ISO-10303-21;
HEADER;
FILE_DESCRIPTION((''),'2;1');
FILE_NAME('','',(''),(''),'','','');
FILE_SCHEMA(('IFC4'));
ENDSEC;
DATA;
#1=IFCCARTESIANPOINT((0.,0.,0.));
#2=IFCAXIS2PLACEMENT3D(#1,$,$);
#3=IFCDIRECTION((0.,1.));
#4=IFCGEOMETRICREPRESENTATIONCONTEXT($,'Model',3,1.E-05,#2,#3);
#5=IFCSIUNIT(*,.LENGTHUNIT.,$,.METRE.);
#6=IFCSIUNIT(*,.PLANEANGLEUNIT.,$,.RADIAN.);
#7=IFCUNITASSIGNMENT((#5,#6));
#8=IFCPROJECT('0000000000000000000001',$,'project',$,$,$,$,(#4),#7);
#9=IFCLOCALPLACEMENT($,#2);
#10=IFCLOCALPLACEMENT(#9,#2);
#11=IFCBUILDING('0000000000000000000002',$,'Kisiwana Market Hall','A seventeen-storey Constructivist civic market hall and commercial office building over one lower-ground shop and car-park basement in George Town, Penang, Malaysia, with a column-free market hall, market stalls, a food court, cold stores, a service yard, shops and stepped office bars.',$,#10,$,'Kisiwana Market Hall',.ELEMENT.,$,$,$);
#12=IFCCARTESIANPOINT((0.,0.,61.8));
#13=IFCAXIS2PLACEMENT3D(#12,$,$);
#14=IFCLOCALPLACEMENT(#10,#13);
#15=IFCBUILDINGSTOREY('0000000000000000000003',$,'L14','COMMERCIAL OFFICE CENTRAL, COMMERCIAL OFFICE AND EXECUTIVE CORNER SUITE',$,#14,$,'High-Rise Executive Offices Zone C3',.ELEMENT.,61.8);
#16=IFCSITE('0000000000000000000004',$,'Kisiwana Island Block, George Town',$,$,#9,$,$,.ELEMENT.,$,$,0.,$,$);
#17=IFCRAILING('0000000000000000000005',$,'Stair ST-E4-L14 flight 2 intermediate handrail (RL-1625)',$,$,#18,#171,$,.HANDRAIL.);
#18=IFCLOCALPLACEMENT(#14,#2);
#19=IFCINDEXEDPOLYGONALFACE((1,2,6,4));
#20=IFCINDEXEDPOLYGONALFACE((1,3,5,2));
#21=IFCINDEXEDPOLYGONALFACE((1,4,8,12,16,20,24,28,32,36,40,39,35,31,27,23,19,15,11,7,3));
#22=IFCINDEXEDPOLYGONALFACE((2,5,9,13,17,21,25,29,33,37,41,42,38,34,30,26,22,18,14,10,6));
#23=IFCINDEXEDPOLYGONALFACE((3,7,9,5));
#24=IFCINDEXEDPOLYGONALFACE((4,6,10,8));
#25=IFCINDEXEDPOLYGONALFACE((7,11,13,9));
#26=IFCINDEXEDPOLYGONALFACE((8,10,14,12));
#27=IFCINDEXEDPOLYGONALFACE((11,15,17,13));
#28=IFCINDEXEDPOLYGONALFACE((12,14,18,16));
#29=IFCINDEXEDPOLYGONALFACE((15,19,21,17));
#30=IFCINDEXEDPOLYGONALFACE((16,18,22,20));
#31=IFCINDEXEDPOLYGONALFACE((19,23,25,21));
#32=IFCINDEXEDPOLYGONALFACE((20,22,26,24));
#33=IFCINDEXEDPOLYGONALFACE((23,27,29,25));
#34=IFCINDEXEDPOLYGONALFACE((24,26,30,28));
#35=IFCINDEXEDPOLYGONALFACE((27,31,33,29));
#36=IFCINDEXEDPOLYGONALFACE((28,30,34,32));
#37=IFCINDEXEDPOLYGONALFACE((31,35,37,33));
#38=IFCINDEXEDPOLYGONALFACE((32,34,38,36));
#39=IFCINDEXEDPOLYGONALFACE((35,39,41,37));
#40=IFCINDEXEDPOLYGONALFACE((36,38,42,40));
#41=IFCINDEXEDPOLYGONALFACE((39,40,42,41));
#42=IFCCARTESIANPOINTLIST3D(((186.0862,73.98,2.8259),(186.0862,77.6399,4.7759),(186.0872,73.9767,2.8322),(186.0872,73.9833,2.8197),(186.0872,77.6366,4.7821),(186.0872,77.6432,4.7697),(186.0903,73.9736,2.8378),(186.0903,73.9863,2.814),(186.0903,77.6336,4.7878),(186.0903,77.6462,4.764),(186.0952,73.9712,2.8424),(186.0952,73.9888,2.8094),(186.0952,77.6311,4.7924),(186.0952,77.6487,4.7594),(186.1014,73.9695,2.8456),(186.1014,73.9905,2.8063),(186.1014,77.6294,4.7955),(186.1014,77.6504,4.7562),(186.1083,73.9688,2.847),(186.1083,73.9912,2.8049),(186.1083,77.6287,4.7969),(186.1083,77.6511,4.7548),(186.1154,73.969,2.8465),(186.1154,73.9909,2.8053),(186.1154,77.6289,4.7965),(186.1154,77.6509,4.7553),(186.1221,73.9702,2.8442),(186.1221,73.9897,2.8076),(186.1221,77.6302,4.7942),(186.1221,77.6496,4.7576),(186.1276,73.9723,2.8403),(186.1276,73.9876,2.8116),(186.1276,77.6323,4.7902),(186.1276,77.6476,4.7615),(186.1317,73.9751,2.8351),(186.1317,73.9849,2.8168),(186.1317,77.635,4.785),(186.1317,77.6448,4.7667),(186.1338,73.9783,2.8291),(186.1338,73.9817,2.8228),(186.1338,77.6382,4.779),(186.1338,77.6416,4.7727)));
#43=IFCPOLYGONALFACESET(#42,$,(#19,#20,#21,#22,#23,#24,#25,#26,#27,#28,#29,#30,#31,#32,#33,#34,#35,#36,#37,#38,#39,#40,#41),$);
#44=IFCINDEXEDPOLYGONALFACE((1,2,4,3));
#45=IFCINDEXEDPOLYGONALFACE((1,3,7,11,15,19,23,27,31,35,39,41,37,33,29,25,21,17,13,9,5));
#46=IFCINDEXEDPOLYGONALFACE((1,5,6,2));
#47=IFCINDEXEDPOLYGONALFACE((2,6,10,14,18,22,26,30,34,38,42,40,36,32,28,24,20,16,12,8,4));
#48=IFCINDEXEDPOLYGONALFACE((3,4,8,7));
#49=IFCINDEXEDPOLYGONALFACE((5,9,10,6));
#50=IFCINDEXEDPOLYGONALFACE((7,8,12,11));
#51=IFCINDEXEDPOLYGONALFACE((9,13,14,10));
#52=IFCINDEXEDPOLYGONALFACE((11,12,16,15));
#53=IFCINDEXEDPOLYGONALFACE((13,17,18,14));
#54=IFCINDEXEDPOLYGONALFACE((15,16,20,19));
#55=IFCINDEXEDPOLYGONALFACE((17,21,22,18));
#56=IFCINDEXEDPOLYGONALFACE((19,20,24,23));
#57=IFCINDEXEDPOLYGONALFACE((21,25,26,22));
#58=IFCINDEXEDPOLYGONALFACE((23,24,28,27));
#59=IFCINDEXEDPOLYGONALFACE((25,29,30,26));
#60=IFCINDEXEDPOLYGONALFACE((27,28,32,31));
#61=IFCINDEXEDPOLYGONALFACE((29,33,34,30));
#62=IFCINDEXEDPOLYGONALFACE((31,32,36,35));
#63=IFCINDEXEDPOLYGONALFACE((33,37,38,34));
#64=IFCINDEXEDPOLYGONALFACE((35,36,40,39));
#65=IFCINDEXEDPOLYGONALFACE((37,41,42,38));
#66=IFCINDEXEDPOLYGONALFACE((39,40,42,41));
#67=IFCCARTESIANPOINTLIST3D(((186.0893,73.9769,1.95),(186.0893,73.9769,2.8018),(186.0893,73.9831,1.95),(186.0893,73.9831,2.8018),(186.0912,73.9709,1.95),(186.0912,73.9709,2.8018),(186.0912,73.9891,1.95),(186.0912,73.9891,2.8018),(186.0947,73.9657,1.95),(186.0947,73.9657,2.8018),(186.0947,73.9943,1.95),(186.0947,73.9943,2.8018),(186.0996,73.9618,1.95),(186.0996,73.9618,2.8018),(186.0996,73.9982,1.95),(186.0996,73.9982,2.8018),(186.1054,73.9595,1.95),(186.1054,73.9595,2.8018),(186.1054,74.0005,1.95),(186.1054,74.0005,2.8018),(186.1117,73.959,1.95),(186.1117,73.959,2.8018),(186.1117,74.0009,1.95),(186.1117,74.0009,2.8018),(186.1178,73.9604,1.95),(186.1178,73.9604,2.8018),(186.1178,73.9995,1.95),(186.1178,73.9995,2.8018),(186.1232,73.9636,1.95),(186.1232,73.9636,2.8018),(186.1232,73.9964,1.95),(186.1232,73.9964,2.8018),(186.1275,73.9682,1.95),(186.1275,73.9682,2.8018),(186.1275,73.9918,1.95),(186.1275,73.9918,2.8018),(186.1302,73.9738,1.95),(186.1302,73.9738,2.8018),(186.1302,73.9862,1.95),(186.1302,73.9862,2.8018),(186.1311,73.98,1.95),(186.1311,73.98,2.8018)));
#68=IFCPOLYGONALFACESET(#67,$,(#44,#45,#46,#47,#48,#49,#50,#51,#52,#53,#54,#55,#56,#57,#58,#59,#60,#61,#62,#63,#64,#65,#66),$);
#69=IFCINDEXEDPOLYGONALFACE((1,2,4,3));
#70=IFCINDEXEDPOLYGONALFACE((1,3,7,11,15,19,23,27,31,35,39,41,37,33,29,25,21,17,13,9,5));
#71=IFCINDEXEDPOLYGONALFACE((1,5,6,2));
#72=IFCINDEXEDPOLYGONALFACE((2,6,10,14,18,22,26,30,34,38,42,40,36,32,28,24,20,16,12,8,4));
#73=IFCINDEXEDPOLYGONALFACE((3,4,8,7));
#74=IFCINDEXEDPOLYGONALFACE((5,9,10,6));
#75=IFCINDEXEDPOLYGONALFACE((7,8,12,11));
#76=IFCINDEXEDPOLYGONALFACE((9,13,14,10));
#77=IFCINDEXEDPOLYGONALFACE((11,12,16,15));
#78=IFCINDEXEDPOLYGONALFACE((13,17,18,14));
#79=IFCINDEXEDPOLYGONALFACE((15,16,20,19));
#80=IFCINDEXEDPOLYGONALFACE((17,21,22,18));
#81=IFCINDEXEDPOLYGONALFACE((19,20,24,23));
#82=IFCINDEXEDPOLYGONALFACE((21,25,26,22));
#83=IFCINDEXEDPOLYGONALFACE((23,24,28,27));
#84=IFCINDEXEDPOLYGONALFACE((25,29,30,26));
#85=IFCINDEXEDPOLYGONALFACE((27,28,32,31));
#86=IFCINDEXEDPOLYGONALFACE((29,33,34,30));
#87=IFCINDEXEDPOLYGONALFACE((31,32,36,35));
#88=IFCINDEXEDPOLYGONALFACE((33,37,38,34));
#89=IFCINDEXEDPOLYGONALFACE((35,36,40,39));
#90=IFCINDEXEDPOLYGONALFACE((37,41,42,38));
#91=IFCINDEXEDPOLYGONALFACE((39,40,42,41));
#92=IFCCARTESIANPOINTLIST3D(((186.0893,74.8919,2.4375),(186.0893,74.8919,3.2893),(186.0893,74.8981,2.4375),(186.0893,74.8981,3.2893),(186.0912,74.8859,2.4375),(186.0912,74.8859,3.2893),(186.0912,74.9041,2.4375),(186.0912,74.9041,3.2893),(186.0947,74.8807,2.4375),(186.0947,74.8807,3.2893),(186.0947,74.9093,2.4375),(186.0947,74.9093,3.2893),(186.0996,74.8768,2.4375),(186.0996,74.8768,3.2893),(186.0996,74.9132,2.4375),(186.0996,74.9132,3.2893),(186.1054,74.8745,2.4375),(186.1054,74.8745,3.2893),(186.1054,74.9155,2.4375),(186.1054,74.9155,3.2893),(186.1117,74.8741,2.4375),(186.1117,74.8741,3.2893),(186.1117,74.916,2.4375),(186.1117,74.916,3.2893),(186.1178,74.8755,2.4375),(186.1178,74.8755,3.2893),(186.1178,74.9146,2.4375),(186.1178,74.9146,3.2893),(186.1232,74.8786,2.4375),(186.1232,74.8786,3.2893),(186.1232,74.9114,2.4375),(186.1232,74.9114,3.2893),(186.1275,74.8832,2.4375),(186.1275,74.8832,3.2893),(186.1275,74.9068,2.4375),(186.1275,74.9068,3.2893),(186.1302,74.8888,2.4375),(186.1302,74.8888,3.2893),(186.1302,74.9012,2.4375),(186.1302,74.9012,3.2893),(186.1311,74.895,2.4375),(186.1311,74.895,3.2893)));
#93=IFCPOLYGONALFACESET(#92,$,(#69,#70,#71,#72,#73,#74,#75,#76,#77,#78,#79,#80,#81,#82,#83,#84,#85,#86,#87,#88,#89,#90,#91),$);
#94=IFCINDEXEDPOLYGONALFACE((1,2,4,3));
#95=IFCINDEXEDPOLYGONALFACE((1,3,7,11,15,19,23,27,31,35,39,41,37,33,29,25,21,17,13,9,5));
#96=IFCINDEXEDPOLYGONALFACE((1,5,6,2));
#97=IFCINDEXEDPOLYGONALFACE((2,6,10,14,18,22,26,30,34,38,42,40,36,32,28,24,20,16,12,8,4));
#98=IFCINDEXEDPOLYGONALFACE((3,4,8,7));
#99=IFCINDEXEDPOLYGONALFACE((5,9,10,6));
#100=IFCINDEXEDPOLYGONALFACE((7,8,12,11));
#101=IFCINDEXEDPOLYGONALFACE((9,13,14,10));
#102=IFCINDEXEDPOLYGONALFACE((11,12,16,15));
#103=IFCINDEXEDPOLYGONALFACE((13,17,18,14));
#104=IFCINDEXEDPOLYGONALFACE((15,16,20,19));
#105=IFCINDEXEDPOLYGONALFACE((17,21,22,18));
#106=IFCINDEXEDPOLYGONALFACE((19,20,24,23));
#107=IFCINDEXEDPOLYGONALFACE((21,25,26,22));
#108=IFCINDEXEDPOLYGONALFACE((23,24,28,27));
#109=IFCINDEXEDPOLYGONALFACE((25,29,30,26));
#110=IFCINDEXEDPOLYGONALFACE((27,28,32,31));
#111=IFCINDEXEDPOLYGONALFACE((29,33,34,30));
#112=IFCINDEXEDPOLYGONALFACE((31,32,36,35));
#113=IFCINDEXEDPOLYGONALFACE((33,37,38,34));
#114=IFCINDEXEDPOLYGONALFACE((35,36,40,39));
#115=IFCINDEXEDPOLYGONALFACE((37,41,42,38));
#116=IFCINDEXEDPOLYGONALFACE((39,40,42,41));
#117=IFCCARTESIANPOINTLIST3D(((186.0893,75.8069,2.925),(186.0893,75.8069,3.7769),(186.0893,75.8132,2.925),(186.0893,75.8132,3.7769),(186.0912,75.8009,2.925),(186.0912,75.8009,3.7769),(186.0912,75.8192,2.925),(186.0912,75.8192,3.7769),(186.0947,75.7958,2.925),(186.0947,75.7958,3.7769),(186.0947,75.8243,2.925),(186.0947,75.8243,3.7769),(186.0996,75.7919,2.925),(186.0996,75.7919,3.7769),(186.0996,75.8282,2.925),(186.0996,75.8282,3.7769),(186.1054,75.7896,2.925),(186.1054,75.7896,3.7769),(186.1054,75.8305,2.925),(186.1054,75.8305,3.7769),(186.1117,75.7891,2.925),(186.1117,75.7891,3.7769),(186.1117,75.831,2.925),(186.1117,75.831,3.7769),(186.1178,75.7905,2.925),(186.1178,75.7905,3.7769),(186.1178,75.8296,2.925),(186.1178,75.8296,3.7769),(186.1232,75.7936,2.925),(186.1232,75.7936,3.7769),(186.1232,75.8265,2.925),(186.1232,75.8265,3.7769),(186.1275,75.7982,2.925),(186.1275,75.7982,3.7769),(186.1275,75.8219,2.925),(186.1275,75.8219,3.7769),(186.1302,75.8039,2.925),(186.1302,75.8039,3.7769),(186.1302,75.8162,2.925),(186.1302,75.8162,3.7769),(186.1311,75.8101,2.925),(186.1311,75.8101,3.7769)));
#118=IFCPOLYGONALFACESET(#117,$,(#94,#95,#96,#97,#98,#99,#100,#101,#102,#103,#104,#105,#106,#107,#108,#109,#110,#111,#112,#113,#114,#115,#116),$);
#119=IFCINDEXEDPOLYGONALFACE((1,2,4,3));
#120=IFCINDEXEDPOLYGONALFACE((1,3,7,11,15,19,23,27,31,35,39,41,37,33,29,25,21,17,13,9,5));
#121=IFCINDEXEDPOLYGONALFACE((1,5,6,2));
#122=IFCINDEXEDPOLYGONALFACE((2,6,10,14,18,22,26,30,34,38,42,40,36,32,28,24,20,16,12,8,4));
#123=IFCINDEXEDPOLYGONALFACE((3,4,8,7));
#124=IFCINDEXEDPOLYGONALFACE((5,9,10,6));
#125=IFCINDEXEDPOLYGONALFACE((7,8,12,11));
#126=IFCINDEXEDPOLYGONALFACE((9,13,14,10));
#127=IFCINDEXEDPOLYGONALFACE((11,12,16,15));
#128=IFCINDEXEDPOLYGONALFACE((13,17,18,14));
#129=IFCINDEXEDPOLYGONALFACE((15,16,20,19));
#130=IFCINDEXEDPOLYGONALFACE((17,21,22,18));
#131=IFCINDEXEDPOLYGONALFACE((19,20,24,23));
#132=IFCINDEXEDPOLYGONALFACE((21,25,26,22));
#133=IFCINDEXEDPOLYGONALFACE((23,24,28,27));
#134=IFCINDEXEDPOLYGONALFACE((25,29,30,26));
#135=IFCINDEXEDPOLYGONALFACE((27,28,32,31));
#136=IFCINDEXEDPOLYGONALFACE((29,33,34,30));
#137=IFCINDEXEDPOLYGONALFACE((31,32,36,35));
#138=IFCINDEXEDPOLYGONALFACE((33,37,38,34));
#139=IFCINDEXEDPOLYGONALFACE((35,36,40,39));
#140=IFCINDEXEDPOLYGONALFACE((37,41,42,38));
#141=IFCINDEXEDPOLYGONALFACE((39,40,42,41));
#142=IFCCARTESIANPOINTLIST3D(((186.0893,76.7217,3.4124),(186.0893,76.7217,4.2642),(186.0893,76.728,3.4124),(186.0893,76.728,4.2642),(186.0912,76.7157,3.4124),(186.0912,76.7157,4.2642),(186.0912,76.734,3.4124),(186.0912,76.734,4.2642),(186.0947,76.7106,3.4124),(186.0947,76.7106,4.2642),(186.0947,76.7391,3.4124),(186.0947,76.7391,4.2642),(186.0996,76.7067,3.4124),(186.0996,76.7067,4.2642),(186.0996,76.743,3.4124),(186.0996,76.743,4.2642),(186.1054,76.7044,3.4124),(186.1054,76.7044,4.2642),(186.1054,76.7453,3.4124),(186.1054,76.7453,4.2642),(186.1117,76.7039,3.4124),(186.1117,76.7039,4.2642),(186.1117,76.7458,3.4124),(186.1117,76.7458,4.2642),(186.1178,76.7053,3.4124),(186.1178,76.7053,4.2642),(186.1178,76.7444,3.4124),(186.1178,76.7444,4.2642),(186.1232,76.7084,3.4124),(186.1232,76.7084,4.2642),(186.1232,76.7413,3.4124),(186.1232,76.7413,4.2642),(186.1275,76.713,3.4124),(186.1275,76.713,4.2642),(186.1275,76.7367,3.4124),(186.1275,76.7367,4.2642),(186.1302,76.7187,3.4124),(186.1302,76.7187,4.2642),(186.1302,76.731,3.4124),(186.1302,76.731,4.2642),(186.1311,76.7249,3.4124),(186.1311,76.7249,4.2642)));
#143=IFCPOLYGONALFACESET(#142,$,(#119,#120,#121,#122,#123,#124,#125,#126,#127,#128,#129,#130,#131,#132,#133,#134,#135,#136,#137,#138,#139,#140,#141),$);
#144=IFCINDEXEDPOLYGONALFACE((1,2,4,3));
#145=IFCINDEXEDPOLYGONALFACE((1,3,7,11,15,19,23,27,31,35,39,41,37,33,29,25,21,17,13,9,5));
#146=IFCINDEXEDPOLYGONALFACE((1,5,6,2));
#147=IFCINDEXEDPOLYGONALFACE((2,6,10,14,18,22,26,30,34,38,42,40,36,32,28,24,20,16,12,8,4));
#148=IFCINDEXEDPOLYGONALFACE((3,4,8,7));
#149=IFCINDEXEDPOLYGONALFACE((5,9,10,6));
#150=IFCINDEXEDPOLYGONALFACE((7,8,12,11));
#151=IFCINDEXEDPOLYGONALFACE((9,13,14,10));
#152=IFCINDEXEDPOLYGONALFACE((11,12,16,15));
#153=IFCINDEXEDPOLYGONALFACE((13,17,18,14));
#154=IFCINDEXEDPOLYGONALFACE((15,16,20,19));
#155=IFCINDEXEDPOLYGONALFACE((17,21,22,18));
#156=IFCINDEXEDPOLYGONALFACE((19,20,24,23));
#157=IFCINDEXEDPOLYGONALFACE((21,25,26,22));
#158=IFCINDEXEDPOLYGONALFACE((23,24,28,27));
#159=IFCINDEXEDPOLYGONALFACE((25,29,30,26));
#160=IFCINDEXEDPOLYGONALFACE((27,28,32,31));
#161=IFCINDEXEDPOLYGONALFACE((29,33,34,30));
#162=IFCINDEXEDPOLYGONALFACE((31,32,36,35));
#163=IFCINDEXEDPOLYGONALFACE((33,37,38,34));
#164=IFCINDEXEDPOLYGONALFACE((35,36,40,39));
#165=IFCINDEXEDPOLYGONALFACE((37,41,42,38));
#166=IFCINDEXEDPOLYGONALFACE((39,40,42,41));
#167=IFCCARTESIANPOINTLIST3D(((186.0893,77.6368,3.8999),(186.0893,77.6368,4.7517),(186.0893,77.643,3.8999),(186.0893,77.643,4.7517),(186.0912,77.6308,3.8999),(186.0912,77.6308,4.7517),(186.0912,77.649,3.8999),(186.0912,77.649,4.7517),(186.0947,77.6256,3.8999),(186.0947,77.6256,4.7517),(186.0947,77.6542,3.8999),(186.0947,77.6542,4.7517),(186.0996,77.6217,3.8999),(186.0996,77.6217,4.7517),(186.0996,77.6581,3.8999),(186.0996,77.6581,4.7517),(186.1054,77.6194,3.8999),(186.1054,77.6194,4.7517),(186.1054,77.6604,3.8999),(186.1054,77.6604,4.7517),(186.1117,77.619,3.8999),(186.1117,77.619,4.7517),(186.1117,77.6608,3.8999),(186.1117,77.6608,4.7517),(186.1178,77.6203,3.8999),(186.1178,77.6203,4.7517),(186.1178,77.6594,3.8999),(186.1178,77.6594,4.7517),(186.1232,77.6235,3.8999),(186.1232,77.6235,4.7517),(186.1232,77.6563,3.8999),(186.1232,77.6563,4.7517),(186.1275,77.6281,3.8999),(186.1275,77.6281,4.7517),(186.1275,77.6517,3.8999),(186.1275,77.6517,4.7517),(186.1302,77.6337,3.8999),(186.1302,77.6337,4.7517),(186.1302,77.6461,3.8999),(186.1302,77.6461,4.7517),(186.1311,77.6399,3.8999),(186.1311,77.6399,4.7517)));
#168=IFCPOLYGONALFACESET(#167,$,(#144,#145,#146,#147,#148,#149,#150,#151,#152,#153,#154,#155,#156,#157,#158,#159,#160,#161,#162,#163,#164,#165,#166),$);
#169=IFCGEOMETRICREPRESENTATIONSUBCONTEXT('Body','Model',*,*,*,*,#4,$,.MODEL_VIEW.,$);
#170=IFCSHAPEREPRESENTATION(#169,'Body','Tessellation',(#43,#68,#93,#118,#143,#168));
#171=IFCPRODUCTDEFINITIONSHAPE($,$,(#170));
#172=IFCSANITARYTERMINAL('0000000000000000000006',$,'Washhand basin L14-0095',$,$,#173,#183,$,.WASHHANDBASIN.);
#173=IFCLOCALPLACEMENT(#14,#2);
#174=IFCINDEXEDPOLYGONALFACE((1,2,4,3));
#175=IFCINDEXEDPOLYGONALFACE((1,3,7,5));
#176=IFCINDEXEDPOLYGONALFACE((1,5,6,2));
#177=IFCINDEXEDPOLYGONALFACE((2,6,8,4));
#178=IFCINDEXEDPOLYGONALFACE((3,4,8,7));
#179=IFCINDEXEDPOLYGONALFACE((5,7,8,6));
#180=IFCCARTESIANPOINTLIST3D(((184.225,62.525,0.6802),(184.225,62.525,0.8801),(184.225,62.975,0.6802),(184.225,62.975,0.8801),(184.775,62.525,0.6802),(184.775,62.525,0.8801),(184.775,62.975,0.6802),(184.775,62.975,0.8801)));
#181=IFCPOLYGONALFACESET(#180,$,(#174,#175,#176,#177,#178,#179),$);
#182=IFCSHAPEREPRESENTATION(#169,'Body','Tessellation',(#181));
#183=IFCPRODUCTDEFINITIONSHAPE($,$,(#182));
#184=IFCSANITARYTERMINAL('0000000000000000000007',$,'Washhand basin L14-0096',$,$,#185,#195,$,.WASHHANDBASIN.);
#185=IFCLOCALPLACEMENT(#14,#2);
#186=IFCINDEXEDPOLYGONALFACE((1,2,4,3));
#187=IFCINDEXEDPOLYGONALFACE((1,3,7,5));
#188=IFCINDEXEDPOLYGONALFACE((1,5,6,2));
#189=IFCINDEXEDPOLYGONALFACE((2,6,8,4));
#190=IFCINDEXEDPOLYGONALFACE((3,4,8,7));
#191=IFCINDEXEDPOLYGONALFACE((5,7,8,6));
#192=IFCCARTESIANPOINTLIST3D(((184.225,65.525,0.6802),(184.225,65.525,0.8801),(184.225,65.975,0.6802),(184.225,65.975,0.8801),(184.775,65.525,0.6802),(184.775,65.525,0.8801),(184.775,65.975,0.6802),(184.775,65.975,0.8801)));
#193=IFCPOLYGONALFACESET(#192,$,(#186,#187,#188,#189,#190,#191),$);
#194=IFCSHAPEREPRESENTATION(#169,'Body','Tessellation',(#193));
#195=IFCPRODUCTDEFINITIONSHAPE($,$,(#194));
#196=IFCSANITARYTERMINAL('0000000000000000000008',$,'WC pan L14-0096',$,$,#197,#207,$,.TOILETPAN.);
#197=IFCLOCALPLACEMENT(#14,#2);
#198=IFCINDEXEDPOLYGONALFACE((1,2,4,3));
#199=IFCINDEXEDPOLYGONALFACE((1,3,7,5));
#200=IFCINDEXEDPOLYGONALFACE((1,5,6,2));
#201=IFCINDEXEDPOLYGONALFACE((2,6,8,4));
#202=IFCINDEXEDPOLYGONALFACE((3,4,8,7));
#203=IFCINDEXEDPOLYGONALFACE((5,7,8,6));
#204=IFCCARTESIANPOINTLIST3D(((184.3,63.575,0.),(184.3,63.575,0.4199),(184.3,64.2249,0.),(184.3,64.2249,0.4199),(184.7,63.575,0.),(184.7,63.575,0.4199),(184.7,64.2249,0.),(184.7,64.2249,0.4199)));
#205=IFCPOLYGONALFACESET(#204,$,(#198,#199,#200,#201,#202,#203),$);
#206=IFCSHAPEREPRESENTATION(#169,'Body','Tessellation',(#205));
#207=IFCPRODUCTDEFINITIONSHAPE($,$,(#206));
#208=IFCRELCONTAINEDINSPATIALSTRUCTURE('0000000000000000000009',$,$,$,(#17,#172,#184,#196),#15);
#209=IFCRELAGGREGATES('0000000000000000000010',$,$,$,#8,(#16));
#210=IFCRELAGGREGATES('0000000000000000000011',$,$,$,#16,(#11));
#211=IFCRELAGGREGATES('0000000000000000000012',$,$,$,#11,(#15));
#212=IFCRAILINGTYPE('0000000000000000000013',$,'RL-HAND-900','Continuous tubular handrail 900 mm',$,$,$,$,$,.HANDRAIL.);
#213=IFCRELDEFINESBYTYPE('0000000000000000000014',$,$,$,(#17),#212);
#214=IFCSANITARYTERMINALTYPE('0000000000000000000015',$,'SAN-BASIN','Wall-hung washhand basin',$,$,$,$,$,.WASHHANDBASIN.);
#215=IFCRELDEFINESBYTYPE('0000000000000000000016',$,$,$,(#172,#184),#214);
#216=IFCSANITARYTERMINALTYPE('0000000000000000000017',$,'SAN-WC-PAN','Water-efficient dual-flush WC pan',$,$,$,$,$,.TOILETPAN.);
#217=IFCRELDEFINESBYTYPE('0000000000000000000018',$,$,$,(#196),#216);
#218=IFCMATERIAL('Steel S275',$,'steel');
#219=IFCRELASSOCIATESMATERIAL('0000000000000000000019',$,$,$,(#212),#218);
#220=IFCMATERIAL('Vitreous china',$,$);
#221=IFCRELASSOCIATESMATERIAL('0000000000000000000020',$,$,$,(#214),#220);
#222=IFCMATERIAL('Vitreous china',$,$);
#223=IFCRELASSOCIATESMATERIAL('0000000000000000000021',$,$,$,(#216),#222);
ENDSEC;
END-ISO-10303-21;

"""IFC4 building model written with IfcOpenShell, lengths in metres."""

from ifc_helpers import new_model, si_unit, direction, frame, origin, origin_2d, place, context, subcontext, project, spatial, rectangle, circle, extrude, material, type_object, element, save


model = new_model("IFC4")

# Units and contexts
model_context = context("Model", 3, precision=1e-05, world=origin(), true_north=direction((0.0, 1.0)))
body_context = subcontext(model_context, "Body", "Model", "MODEL_VIEW")
ifc_project = project(units=[si_unit("LENGTHUNIT", "METRE"), si_unit("PLANEANGLEUNIT", "RADIAN")], contexts=[model_context])

# Site, building, storey
site_placement = place(None, origin())
site = spatial("IfcSite", under=ifc_project, at=site_placement, Name="Kisiwana Island Block, George Town", CompositionType="ELEMENT", RefElevation=0.0)
building_placement = place(site_placement, origin())
building = spatial("IfcBuilding", under=site, at=building_placement, Name="Kisiwana Market Hall", Description="A seventeen-storey Constructivist civic market hall and commercial office building over one lower-ground shop and car-park basement in George Town, Penang, Malaysia, with a column-free market hall, market stalls, a food court, cold stores, a service yard, shops and stepped office bars.", LongName="Kisiwana Market Hall", CompositionType="ELEMENT")
storey_placement = place(building_placement, frame((0.0, 0.0, 61.8)))
storey = spatial("IfcBuildingStorey", under=building, at=storey_placement, Name="L14", Description="COMMERCIAL OFFICE CENTRAL, COMMERCIAL OFFICE AND EXECUTIVE CORNER SUITE", LongName="High-Rise Executive Offices Zone C3", CompositionType="ELEMENT", Elevation=61.8)

# Railing
ifc_material_1 = material(Name="Steel S275", Category="steel")
railing_type_1 = type_object("IfcRailingType", Name="RL-HAND-900", Description="Continuous tubular handrail 900 mm", PredefinedType="HANDRAIL", material=ifc_material_1)
railing_1_placement = place(storey_placement, frame((186.1101, 73.98, 1.95)))
element("IfcRailing", 1, at=railing_1_placement, inside=storey, type_object=railing_type_1, Name="Stair ST-E4-L14 flight 2 intermediate handrail (RL-1625)", PredefinedType="HANDRAIL", context=body_context, shape_type="SweptSolid", body=[
    extrude(circle(Radius=0.0239, at=origin_2d()), frame((0.0, 0.0, 0.876), z_axis=(0.0, 0.882553, 0.470212), x_axis=(-1.0, 0.0, 0.0)), (0.0, 0.0, 1.0), 4.147),
    extrude(circle(Radius=0.021, at=origin_2d()), origin(), (0.0, 0.0, 1.0), 0.8518),
    extrude(circle(Radius=0.021, at=origin_2d()), frame((0.0, 0.915, 0.4875)), (0.0, 0.0, 1.0), 0.8518),
    extrude(circle(Radius=0.021, at=origin_2d()), frame((0.0, 1.8301, 0.9751)), (0.0, 0.0, 1.0), 0.8518),
    extrude(circle(Radius=0.021, at=origin_2d()), frame((0.0, 2.7449, 1.4624)), (0.0, 0.0, 1.0), 0.8518),
    extrude(circle(Radius=0.021, at=origin_2d()), frame((0.0, 3.6599, 1.95)), (0.0, 0.0, 1.0), 0.8518),
])

# Sanitary terminals
ifc_material_2 = material(Name="Vitreous china")
sanitary_terminal_type_1 = type_object("IfcSanitaryTerminalType", Name="SAN-BASIN", Description="Wall-hung washhand basin", PredefinedType="WASHHANDBASIN", material=ifc_material_2)
for number, where, z_axis, x_axis, name in (
    (2, (184.5, 62.75, 0.6802), (0.0, 0.0, 1.0), (1.0, 0.0, 0.0), "Washhand basin L14-0095"),
    (3, (184.5, 65.75, 0.6802), (0.0, 0.0, 1.0), (1.0, 0.0, 0.0), "Washhand basin L14-0096"),
):
    element("IfcSanitaryTerminal", number, at=place(storey_placement, frame(where, z_axis=z_axis, x_axis=x_axis)), inside=storey, type_object=sanitary_terminal_type_1, Name=name, PredefinedType="WASHHANDBASIN", context=body_context, shape_type="SweptSolid", body=[
        extrude(rectangle(XDim=0.55, YDim=0.45, at=origin_2d()), origin(), (0.0, 0.0, 1.0), 0.2),
    ])
ifc_material_3 = material(Name="Vitreous china")
sanitary_terminal_type_2 = type_object("IfcSanitaryTerminalType", Name="SAN-WC-PAN", Description="Water-efficient dual-flush WC pan", PredefinedType="TOILETPAN", material=ifc_material_3)
sanitary_terminal_placement = place(storey_placement, frame((184.5, 63.8999, 0.0), z_axis=(0.0, 0.0, 1.0), x_axis=(1.0, 0.0, 0.0)))
element("IfcSanitaryTerminal", 4, at=sanitary_terminal_placement, inside=storey, type_object=sanitary_terminal_type_2, Name="WC pan L14-0096", PredefinedType="TOILETPAN", context=body_context, shape_type="SweptSolid", body=[
    extrude(rectangle(XDim=0.3999, YDim=0.6499, at=origin_2d()), origin(), (0.0, 0.0, 1.0), 0.4199),
])

save(model, "model.ifc")
